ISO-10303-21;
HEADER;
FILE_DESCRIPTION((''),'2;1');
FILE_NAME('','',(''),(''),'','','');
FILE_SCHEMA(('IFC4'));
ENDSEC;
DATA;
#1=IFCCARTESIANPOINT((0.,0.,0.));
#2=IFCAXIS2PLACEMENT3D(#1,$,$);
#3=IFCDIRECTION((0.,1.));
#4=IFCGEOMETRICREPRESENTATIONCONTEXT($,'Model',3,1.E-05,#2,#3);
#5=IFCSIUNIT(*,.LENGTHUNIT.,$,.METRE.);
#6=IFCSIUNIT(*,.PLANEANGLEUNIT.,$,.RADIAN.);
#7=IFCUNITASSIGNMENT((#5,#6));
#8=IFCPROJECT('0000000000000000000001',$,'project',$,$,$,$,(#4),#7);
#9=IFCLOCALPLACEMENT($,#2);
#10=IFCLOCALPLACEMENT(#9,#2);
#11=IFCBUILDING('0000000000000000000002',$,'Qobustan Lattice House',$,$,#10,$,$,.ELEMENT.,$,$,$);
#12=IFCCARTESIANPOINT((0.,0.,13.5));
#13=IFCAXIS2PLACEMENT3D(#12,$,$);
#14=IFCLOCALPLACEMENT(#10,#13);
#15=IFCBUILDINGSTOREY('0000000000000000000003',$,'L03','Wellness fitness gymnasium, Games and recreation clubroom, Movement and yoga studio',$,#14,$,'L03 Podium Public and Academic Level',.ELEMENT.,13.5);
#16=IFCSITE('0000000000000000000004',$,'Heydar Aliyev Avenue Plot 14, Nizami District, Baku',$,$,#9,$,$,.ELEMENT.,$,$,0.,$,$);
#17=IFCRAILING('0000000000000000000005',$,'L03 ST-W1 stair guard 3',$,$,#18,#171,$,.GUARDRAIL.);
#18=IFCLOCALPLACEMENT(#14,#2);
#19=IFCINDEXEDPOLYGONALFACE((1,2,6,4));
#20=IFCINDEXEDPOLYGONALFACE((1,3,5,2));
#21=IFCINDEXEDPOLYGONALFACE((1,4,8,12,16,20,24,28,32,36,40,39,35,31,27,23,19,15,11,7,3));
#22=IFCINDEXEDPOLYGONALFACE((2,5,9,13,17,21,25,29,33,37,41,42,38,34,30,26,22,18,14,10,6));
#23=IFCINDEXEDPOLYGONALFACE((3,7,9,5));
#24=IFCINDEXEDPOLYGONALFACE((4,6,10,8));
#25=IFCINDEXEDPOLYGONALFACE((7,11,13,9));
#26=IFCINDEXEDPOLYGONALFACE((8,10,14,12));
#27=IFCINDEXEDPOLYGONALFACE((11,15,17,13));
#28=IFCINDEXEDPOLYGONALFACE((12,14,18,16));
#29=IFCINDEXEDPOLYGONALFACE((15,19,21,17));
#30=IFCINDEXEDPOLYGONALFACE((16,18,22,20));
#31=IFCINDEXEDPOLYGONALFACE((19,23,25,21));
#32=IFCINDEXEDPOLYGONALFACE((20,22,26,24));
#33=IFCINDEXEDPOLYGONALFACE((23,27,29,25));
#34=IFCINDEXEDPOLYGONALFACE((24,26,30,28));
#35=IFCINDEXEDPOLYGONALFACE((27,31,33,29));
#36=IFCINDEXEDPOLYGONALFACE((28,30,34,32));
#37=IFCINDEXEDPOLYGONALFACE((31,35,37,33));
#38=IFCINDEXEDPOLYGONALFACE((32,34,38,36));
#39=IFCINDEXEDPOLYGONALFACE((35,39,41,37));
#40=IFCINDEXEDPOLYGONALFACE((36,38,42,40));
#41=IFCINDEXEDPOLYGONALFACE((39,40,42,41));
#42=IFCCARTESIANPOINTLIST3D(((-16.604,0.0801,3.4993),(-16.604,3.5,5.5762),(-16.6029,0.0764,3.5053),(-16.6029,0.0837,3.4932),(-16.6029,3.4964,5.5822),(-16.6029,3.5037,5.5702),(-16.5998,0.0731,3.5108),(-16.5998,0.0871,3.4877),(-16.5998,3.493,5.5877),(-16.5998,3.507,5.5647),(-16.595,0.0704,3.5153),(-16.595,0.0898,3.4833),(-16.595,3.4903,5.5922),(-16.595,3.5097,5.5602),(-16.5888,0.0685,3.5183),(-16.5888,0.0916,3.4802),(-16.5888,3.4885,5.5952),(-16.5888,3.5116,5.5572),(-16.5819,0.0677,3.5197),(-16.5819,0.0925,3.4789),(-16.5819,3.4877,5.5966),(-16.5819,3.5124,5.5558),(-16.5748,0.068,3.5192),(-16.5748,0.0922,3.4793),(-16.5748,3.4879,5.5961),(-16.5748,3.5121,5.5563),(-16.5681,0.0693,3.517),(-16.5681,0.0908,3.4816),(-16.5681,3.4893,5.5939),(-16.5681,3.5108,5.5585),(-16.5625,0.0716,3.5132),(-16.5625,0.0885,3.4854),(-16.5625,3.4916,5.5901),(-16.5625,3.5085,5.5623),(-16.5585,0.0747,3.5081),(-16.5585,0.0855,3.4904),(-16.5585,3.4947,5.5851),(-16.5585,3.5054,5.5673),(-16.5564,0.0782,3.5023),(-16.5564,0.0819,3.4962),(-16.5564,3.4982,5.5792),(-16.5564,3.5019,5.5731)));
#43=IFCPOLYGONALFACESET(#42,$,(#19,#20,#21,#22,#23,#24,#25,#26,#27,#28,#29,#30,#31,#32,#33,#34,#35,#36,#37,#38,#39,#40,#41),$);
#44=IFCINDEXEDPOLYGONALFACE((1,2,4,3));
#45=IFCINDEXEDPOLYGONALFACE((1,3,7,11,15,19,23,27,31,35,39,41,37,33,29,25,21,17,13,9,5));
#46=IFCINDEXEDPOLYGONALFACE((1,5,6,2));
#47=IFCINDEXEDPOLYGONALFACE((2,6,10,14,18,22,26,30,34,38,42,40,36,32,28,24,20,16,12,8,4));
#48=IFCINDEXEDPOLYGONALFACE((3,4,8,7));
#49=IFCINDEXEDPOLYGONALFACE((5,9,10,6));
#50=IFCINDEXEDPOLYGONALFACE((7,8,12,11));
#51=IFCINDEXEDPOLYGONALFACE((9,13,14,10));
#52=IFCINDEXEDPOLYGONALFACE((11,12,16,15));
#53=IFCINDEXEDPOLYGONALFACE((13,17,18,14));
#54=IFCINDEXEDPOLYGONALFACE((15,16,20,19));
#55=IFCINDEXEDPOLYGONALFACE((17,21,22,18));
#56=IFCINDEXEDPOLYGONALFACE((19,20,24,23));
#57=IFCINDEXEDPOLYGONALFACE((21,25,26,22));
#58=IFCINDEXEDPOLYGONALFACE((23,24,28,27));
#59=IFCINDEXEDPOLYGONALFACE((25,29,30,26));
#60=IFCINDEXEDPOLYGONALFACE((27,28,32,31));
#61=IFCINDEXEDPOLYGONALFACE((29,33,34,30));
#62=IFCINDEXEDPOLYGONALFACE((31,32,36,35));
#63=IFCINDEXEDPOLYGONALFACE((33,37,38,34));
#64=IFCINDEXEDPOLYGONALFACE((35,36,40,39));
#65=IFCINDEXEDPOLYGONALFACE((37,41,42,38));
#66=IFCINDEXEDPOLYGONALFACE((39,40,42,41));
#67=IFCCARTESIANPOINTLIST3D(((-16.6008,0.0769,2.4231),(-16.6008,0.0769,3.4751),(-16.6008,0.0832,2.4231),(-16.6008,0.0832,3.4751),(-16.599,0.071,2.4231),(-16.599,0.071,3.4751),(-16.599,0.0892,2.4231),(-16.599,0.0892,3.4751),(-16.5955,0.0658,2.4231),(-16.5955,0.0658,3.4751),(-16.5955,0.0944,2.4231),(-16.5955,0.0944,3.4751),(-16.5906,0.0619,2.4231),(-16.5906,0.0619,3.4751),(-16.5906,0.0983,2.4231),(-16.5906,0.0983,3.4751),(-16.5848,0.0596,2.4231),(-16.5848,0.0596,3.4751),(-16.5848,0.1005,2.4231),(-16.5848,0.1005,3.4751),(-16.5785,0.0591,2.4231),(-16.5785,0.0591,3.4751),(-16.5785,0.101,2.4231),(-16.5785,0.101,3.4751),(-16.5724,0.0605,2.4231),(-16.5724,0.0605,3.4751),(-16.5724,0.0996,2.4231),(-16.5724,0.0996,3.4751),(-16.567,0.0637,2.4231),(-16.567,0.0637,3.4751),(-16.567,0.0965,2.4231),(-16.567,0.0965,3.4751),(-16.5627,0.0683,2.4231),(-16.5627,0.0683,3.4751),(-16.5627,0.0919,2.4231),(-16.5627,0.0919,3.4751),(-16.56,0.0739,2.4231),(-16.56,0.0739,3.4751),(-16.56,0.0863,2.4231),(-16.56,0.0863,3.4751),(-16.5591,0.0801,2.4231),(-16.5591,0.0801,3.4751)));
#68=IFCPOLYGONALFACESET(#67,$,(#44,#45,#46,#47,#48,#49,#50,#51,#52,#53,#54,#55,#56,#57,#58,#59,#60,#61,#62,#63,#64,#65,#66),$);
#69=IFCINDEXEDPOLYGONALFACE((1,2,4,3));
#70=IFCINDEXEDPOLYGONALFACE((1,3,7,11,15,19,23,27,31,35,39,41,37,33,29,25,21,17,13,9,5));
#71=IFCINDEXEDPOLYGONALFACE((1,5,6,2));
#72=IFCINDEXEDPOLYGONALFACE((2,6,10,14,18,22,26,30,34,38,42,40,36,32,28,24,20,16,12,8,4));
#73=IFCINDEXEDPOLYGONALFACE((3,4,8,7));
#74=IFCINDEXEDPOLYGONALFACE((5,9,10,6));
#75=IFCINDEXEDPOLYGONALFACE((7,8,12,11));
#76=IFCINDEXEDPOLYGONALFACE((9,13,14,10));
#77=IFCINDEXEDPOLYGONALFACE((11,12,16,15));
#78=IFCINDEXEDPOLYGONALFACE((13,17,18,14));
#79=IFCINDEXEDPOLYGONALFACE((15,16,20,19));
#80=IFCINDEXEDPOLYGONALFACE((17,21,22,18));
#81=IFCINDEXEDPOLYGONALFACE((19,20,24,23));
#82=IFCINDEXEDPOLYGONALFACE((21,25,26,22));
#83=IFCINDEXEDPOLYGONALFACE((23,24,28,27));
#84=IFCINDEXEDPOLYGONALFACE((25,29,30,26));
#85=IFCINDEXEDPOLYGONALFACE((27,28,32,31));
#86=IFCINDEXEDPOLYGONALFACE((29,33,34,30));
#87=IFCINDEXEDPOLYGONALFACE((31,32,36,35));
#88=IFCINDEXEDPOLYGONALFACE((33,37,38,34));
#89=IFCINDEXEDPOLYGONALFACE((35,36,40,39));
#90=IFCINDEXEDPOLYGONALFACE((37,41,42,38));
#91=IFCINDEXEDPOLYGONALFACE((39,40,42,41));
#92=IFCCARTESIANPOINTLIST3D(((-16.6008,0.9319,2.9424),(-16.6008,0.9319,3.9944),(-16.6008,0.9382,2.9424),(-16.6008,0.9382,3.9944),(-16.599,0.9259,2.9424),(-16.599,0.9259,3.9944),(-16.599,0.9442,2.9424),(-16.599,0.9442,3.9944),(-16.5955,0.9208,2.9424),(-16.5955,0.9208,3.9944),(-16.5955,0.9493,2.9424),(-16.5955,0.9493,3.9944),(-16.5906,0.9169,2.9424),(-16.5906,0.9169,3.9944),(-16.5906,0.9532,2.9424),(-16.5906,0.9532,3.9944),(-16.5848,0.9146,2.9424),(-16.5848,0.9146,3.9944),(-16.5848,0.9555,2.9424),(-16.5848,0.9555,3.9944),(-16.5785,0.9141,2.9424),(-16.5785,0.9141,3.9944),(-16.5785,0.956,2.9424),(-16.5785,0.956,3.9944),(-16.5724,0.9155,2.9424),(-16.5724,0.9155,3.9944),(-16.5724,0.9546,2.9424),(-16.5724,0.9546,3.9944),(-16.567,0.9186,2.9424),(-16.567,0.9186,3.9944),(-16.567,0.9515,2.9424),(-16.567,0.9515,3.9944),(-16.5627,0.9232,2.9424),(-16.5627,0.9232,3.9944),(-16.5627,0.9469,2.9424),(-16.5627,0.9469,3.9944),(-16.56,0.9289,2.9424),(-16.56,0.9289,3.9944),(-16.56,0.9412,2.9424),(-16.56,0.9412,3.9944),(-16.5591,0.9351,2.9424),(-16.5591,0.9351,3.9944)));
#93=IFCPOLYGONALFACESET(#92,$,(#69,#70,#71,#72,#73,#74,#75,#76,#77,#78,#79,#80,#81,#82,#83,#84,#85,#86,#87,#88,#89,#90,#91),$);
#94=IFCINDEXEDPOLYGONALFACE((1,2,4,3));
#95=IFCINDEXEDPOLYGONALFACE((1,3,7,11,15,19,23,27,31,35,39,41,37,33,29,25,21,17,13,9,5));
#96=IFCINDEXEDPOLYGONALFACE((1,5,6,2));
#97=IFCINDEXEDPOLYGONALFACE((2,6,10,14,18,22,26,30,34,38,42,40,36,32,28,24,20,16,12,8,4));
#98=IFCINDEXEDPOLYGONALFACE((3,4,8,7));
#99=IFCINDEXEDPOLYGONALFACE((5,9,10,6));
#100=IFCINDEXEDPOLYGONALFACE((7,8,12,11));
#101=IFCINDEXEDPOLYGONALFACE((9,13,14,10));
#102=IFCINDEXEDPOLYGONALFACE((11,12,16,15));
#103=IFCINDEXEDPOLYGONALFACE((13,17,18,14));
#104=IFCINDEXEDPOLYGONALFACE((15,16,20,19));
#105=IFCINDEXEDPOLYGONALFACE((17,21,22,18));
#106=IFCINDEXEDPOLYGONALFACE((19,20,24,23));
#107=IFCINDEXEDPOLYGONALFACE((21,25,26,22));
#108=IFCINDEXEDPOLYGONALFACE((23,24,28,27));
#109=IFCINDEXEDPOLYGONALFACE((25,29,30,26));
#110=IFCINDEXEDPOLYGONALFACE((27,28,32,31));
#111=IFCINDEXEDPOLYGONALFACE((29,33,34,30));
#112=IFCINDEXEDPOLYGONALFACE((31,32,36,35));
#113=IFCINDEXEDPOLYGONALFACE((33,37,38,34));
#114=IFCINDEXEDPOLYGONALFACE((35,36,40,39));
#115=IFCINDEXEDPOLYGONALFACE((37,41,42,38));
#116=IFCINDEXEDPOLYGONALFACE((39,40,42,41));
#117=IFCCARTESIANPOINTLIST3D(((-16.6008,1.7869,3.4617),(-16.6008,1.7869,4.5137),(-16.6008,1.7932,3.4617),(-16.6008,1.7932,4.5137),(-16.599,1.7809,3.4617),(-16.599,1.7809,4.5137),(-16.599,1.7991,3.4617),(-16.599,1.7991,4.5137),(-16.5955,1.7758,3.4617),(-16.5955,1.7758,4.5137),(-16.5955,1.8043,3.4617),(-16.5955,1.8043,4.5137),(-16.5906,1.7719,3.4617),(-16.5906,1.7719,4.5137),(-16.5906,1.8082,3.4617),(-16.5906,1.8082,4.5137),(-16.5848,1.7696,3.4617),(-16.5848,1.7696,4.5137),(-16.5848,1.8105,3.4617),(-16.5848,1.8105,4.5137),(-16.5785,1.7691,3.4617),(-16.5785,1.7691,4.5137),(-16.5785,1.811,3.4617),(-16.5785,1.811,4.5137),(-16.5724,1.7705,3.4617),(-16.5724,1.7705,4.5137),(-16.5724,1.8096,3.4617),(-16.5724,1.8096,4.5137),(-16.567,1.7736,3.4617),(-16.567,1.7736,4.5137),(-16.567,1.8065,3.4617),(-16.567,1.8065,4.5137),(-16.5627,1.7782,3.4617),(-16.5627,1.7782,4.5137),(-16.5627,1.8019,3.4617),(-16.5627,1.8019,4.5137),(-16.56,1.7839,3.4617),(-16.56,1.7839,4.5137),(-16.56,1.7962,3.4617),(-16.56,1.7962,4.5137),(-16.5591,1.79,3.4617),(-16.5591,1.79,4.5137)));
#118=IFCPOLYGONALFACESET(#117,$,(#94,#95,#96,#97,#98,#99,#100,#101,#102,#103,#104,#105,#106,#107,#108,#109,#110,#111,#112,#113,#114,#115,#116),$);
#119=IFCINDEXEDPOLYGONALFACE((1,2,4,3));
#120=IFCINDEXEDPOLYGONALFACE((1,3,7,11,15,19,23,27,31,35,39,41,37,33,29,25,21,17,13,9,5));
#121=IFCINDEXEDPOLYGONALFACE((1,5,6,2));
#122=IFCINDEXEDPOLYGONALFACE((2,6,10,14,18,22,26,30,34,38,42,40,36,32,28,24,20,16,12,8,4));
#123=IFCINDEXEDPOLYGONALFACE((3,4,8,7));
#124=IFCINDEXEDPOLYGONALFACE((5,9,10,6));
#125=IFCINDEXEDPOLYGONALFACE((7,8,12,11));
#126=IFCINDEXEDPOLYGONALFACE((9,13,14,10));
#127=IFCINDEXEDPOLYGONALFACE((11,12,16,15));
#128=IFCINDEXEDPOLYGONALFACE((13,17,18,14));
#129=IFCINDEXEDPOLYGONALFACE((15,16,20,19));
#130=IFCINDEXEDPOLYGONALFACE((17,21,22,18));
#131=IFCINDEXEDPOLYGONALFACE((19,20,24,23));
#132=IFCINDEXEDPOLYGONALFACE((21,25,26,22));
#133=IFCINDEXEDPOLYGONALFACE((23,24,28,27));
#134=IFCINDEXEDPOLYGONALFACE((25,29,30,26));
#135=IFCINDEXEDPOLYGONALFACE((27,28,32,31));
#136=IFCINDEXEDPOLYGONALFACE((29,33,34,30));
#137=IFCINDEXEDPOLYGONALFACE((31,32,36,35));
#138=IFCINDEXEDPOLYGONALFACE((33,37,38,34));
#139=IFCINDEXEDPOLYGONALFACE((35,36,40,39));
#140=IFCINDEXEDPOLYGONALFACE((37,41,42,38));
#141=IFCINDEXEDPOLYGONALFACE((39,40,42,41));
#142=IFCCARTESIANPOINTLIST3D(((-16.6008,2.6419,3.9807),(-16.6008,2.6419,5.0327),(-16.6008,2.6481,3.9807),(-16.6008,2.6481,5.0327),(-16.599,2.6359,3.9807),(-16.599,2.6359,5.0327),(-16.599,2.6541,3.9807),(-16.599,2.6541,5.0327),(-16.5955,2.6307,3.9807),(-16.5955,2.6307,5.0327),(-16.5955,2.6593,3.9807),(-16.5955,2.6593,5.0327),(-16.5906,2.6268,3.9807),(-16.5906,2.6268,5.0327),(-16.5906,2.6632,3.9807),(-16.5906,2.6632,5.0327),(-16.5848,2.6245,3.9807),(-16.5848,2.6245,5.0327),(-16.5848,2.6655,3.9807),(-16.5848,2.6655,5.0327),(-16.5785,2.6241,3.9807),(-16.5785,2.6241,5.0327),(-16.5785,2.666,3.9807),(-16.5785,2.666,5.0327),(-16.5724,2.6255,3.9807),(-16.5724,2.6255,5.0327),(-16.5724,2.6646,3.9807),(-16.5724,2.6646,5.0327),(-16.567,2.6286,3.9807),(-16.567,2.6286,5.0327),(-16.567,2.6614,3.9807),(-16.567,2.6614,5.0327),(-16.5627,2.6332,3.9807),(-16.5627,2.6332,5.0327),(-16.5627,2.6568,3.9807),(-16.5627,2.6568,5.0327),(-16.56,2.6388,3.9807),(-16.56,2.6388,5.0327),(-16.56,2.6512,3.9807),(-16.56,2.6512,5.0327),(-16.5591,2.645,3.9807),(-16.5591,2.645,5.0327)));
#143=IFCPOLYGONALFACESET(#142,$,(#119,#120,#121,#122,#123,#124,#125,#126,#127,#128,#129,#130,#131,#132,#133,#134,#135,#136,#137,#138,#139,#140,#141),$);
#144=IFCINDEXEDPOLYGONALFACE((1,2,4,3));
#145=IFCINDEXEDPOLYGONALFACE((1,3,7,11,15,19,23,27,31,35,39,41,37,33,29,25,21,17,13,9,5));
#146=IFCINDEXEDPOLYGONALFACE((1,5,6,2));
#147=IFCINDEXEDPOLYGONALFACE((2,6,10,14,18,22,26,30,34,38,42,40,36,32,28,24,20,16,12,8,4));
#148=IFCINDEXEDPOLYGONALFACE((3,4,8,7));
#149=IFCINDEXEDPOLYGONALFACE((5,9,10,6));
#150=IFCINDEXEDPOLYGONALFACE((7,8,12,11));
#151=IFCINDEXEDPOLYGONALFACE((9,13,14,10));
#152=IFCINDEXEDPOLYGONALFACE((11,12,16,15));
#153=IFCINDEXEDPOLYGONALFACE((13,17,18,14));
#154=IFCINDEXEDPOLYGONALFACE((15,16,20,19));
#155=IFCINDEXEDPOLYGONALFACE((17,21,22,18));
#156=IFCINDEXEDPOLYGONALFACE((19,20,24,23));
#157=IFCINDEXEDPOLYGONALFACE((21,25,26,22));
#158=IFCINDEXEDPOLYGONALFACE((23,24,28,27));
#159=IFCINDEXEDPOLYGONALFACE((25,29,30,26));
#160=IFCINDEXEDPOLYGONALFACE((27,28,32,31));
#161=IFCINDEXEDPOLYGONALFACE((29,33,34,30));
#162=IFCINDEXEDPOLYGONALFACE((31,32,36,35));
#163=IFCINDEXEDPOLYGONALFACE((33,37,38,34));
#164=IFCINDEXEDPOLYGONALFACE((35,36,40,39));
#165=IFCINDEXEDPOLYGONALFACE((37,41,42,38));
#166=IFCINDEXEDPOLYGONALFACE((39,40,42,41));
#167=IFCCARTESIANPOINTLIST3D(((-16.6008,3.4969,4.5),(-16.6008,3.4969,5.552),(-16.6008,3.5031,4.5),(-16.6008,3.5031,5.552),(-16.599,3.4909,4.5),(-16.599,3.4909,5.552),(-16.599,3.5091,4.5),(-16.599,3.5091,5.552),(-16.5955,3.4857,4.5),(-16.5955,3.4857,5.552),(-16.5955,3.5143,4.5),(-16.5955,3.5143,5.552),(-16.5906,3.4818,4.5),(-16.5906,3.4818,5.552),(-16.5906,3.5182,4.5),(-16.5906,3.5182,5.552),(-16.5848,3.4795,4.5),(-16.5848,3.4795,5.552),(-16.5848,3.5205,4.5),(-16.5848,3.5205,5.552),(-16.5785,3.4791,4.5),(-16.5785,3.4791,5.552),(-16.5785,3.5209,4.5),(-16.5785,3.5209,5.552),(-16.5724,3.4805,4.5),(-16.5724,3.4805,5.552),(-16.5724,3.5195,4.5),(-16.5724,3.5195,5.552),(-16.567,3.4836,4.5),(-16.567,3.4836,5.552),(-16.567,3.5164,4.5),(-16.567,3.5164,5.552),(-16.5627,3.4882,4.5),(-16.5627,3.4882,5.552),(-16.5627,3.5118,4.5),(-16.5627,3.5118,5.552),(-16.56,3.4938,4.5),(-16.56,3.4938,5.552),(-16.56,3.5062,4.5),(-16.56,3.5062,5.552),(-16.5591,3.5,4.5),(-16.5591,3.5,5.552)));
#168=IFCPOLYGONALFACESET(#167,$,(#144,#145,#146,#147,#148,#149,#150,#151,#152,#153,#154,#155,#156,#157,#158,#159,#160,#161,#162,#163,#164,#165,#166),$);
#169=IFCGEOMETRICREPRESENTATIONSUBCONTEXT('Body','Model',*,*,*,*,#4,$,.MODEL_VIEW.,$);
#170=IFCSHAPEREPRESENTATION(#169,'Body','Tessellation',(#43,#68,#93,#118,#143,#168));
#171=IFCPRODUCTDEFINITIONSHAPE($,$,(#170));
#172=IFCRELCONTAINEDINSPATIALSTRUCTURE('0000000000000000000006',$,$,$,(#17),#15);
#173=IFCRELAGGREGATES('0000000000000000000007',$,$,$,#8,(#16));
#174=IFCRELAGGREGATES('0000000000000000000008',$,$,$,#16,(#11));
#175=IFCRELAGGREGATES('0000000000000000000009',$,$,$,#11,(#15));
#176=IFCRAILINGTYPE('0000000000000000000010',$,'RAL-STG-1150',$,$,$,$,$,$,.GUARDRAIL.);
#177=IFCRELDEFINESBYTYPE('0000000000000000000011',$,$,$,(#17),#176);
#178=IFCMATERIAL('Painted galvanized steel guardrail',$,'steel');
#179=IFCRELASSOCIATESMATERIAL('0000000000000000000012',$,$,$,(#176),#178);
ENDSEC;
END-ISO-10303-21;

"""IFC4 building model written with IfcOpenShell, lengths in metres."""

from ifc_helpers import new_model, si_unit, direction, frame, origin, origin_2d, place, context, subcontext, project, spatial, circle, extrude, material, type_object, element, save


model = new_model("IFC4")

# Units and contexts
model_context = context("Model", 3, precision=1e-05, world=origin(), true_north=direction((0.0, 1.0)))
body_context = subcontext(model_context, "Body", "Model", "MODEL_VIEW")
ifc_project = project(units=[si_unit("LENGTHUNIT", "METRE"), si_unit("PLANEANGLEUNIT", "RADIAN")], contexts=[model_context])

# Site, building, storey
site_placement = place(None, origin())
site = spatial("IfcSite", under=ifc_project, at=site_placement, Name="Heydar Aliyev Avenue Plot 14, Nizami District, Baku", CompositionType="ELEMENT", RefElevation=0.0)
building_placement = place(site_placement, origin())
building = spatial("IfcBuilding", under=site, at=building_placement, Name="Qobustan Lattice House", CompositionType="ELEMENT")
storey_placement = place(building_placement, frame((0.0, 0.0, 13.5)))
storey = spatial("IfcBuildingStorey", under=building, at=storey_placement, Name="L03", Description="Wellness fitness gymnasium, Games and recreation clubroom, Movement and yoga studio", LongName="L03 Podium Public and Academic Level", CompositionType="ELEMENT", Elevation=13.5)

# Railing
ifc_material_1 = material(Name="Painted galvanized steel guardrail", Category="steel")
railing_type_1 = type_object("IfcRailingType", Name="RAL-STG-1150", PredefinedType="GUARDRAIL", material=ifc_material_1)
railing_1_placement = place(storey_placement, frame((-16.5801, 0.0801, 2.4231)))
element("IfcRailing", 1, at=railing_1_placement, inside=storey, type_object=railing_type_1, Name="L03 ST-W1 stair guard 3", PredefinedType="GUARDRAIL", context=body_context, shape_type="SweptSolid", body=[
    extrude(circle(Radius=0.0239, at=origin_2d()), frame((0.0, 0.0, 1.0762), z_axis=(0.0, 0.85473, 0.519074), x_axis=(-1.0, 0.0, 0.0)), (0.0, 0.0, 1.0), 4.0012),
    extrude(circle(Radius=0.021, at=origin_2d()), origin(), (0.0, 0.0, 1.0), 1.052),
    extrude(circle(Radius=0.021, at=origin_2d()), frame((0.0, 0.855, 0.5193)), (0.0, 0.0, 1.0), 1.052),
    extrude(circle(Radius=0.021, at=origin_2d()), frame((0.0, 1.71, 1.0386)), (0.0, 0.0, 1.0), 1.052),
    extrude(circle(Radius=0.021, at=origin_2d()), frame((0.0, 2.5649, 1.5576)), (0.0, 0.0, 1.0), 1.052),
    extrude(circle(Radius=0.021, at=origin_2d()), frame((0.0, 3.4199, 2.0769)), (0.0, 0.0, 1.0), 1.052),
])

save(model, "model.ifc")
